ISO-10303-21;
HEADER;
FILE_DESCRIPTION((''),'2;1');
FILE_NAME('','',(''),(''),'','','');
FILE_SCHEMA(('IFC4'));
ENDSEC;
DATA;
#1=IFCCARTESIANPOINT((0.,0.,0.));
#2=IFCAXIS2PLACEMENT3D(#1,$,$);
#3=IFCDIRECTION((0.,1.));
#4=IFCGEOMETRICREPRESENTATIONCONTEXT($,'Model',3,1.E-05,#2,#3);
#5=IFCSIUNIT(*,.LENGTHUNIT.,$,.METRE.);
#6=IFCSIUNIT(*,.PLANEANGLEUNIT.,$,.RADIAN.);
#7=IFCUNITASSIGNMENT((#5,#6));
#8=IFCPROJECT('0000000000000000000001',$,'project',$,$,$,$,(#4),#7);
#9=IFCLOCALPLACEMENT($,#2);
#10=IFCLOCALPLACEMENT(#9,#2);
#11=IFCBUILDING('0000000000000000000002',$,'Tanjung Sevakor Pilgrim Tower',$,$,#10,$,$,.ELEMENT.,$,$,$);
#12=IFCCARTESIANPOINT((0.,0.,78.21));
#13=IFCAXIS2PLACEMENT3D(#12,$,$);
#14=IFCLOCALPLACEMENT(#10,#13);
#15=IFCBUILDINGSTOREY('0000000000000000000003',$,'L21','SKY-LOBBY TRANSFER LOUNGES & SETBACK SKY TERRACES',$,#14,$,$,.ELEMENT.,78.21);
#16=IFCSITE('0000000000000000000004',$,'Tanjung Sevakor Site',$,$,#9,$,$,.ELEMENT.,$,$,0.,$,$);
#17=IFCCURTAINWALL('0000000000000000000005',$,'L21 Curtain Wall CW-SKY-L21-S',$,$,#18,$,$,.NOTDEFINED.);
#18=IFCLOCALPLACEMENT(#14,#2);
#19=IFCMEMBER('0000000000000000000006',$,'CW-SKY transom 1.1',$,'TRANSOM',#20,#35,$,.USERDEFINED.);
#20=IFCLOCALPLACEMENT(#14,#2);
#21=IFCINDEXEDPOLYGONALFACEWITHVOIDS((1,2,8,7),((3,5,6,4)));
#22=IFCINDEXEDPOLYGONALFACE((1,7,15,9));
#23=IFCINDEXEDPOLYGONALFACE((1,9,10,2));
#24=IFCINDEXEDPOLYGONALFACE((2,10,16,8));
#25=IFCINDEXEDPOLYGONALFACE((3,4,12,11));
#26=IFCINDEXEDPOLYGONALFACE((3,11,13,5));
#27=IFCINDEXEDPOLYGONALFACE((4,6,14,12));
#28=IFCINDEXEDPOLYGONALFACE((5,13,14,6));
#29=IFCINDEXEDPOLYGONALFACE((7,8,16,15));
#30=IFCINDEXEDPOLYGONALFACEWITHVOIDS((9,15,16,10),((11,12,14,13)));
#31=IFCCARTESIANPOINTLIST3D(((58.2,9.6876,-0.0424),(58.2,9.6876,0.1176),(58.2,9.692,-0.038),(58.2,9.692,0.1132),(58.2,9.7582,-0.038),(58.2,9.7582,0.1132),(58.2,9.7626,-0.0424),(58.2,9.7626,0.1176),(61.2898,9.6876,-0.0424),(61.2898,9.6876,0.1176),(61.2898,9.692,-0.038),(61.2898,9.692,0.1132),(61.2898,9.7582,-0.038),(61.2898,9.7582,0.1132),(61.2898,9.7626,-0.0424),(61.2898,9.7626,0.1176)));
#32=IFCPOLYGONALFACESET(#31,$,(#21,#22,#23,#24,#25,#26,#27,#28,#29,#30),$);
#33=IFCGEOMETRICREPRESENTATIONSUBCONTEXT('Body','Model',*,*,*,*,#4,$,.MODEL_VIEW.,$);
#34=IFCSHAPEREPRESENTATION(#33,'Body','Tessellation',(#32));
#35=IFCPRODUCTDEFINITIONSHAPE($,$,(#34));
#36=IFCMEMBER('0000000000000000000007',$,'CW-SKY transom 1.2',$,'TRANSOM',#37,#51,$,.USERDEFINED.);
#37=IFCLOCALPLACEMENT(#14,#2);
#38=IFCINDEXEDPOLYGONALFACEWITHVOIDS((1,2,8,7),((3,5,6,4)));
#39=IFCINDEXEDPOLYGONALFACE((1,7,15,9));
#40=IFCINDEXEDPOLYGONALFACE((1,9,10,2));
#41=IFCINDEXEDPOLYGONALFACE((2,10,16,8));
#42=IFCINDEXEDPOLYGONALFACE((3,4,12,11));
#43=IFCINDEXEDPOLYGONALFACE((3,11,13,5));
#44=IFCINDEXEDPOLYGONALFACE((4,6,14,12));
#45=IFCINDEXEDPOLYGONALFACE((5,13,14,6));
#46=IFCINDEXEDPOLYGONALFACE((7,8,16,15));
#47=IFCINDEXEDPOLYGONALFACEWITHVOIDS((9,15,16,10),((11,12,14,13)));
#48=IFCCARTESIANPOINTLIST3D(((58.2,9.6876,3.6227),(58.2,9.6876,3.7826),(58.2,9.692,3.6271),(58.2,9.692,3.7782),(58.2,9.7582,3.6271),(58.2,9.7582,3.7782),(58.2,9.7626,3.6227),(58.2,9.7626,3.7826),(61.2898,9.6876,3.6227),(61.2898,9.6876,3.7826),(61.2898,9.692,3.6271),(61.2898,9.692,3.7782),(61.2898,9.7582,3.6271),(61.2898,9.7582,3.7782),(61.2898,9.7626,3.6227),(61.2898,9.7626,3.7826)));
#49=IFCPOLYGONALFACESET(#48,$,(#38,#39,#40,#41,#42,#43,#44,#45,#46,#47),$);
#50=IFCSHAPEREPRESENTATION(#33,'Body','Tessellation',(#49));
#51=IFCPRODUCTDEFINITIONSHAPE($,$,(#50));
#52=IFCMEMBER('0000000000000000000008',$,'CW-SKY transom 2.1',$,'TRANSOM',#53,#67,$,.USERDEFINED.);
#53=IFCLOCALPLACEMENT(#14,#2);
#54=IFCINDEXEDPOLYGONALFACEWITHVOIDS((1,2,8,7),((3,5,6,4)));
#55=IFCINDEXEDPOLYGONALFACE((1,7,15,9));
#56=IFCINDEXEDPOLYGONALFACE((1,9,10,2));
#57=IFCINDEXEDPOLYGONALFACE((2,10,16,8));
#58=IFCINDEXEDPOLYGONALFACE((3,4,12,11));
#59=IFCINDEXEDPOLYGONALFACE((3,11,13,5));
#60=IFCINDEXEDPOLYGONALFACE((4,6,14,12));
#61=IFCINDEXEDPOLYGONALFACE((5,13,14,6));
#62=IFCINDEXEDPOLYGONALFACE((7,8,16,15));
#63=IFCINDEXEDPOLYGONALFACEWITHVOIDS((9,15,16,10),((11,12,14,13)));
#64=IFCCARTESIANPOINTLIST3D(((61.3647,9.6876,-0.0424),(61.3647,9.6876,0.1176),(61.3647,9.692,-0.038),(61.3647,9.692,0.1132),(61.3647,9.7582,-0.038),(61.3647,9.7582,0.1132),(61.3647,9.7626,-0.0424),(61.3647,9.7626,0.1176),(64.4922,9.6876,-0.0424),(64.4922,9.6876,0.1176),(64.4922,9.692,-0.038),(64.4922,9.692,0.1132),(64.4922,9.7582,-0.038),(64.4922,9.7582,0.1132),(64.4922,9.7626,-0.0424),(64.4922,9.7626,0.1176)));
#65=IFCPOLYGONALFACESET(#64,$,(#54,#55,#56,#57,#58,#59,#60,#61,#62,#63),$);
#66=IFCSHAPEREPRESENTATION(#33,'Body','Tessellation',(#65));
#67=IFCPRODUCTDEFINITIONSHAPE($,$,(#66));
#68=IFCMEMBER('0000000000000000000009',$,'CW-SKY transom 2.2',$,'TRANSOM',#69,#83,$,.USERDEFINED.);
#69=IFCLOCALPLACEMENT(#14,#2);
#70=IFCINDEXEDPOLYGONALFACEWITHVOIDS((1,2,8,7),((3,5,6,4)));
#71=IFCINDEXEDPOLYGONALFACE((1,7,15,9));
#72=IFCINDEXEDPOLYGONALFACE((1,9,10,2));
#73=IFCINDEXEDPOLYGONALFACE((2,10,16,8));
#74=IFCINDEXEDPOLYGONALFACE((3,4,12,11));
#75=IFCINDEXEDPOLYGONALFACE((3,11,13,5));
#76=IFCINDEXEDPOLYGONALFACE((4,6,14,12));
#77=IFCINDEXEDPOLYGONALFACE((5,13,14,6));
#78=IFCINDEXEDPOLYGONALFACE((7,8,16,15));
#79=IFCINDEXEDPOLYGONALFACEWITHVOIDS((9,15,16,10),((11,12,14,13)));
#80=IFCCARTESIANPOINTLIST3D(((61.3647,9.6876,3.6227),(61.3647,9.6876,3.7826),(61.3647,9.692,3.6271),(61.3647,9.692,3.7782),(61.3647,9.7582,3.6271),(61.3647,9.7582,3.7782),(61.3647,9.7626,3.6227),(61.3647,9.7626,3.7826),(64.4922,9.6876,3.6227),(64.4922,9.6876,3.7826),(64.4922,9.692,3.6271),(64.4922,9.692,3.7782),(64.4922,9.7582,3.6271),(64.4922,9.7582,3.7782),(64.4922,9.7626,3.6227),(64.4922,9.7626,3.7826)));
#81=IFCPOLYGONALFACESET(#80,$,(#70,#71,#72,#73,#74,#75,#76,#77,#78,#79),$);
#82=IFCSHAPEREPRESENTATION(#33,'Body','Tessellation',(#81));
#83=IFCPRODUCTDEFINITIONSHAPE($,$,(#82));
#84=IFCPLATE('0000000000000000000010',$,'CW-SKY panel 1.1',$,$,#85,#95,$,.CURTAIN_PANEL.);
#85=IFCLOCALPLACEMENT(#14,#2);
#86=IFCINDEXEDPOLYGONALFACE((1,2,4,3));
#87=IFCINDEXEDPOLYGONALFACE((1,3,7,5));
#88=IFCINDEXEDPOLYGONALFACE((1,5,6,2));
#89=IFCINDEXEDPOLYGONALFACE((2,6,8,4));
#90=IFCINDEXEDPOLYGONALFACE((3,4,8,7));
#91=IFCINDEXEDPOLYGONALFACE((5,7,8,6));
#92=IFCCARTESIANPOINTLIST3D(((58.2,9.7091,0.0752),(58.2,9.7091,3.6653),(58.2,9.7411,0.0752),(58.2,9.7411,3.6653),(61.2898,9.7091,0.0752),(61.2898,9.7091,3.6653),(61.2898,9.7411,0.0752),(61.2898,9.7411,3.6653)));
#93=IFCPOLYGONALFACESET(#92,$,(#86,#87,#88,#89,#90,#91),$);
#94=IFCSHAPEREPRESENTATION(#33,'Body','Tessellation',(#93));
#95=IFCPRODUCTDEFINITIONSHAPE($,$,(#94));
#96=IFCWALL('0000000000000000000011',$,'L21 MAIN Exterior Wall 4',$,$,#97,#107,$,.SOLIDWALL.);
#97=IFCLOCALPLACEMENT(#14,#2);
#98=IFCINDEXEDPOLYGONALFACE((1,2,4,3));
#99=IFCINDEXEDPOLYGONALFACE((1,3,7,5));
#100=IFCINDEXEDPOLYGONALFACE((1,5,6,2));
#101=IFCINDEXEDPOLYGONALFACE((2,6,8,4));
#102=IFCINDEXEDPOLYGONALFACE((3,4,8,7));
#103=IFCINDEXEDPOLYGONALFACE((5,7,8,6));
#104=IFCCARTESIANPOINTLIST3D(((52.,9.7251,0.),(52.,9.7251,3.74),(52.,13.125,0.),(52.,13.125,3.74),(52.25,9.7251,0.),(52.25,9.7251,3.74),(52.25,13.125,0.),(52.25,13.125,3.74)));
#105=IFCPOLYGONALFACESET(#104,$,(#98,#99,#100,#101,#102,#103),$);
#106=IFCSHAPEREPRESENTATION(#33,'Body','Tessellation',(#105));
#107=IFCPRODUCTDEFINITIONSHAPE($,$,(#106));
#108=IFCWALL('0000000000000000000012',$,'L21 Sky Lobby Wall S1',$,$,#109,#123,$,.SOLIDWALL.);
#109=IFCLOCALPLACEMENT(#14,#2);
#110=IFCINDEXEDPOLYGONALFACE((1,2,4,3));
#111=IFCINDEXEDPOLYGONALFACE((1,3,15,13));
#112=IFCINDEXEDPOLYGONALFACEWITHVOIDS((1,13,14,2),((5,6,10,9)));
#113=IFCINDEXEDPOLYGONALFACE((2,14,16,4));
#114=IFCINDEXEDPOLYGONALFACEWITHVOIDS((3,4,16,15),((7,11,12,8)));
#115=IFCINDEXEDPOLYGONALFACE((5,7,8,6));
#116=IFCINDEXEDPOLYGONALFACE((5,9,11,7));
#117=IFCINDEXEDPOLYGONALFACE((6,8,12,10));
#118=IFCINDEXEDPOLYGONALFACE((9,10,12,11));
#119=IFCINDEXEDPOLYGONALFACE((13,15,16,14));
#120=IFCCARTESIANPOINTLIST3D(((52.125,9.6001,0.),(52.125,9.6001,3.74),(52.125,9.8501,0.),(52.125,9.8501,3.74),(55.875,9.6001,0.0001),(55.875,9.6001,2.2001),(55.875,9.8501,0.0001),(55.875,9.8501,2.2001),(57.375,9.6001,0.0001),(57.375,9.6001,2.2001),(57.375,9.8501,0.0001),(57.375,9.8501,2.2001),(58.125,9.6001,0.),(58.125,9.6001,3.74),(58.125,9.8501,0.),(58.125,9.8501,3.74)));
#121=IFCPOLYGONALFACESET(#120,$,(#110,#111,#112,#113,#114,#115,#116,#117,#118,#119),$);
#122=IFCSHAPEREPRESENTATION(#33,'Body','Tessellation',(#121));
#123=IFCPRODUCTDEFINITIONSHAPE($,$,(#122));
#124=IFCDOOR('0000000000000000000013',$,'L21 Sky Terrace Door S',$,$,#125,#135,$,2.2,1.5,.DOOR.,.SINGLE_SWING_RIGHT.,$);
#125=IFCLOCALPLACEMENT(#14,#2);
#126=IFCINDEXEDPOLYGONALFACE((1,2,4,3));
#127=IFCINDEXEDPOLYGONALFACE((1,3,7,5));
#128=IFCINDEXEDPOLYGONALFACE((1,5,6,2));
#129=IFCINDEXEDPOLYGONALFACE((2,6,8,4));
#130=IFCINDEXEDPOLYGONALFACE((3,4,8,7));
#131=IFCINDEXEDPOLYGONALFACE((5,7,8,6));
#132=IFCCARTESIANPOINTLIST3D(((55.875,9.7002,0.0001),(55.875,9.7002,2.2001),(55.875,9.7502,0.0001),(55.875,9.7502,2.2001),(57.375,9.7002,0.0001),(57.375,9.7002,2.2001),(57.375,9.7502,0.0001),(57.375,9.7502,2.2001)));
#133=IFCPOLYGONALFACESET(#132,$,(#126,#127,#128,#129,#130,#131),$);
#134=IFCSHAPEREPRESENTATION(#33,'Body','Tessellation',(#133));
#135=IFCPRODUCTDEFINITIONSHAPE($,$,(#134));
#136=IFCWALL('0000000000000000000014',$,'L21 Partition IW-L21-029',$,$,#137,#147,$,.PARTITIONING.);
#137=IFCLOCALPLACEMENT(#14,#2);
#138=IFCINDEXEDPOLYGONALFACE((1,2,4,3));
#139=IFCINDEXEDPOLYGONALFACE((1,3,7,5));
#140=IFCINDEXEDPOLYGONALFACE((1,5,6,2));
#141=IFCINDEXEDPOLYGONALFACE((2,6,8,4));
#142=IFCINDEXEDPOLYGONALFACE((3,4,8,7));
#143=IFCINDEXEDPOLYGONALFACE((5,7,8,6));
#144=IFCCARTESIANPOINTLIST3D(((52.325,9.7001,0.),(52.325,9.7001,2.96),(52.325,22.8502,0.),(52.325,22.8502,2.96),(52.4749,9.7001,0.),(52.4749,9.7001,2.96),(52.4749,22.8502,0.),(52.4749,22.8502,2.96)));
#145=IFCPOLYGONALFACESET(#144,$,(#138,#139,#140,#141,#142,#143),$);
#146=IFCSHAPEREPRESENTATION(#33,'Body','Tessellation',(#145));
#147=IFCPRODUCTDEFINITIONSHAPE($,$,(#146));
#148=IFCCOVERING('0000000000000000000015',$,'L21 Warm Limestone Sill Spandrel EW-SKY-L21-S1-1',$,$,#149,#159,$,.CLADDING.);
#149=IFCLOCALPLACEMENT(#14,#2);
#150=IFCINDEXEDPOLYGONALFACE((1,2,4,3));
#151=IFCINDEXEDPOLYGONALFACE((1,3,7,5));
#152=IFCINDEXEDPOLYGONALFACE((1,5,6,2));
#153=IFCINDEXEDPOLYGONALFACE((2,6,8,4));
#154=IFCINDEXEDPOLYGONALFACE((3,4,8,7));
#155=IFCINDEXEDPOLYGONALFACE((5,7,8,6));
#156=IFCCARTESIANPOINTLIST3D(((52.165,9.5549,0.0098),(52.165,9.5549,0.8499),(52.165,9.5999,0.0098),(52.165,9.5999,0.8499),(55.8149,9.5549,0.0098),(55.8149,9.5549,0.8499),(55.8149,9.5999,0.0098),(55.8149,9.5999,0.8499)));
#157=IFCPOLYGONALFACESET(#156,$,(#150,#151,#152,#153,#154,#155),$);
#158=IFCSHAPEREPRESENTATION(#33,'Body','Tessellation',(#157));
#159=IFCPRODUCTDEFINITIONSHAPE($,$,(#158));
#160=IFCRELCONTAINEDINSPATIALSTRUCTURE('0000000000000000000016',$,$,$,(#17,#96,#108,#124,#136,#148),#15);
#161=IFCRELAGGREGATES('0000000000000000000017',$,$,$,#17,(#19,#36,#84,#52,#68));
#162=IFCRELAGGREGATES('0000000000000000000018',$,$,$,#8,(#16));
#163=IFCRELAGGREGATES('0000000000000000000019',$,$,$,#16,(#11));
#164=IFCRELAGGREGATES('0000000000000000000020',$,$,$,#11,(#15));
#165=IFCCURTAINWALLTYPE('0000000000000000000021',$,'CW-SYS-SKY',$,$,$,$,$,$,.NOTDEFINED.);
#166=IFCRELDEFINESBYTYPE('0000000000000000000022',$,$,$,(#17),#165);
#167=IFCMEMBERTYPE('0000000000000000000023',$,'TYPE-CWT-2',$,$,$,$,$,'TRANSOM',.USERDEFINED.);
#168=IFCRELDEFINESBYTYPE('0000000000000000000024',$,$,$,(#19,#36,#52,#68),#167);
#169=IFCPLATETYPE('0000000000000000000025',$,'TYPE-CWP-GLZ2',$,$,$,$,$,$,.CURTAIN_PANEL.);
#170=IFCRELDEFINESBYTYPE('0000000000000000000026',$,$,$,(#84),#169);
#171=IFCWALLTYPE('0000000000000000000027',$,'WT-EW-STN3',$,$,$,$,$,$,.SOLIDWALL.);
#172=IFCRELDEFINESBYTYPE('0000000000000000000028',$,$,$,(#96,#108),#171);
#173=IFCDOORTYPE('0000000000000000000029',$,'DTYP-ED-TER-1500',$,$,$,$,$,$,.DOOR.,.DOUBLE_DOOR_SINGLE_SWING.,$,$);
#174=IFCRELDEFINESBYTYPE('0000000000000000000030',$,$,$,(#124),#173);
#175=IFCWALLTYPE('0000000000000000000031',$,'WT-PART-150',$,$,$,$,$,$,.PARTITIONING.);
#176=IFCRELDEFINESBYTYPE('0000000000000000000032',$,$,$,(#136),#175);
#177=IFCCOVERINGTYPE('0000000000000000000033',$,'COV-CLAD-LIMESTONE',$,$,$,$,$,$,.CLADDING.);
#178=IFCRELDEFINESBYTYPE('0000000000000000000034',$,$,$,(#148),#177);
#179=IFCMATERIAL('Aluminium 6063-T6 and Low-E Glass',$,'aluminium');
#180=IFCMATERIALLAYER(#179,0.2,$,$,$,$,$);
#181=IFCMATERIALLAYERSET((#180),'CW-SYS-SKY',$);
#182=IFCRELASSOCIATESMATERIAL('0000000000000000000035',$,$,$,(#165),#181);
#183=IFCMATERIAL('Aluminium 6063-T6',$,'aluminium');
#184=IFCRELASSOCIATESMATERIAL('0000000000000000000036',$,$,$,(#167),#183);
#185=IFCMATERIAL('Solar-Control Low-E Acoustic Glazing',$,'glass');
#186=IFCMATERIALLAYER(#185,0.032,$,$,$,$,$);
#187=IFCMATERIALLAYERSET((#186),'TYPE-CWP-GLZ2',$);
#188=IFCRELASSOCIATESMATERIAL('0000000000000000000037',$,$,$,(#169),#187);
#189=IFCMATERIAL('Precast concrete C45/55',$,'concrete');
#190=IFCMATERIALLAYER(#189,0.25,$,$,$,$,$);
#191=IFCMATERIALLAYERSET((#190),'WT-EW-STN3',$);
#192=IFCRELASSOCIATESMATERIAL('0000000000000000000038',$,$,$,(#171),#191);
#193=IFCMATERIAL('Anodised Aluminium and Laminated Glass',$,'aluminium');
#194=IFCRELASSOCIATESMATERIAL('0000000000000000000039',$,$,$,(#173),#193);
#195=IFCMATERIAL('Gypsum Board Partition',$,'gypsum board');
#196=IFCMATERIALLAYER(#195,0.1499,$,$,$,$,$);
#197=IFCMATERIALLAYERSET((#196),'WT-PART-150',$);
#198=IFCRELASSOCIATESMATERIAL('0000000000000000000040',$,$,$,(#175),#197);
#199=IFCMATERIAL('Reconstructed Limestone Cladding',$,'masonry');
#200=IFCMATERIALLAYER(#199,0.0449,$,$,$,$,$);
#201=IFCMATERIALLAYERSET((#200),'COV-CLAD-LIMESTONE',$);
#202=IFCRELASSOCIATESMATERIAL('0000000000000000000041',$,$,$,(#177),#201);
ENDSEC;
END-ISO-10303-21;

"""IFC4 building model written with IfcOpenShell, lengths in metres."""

from ifc_helpers import new_model, si_unit, direction, frame, frame_2d, origin, origin_2d, place, context, subcontext, project, spatial, rectangle, hollow_rectangle, extrude, material, layer, layer_set, material_profile, profile_set, type_object, element, fill, aggregate, save


model = new_model("IFC4")

# Units and contexts
model_context = context("Model", 3, precision=1e-05, world=origin(), true_north=direction((0.0, 1.0)))
body_context = subcontext(model_context, "Body", "Model", "MODEL_VIEW")
ifc_project = project(units=[si_unit("LENGTHUNIT", "METRE"), si_unit("PLANEANGLEUNIT", "RADIAN")], contexts=[model_context])

# Site, building, storey
site_placement = place(None, origin())
site = spatial("IfcSite", under=ifc_project, at=site_placement, Name="Tanjung Sevakor Site", CompositionType="ELEMENT", RefElevation=0.0)
building_placement = place(site_placement, origin())
building = spatial("IfcBuilding", under=site, at=building_placement, Name="Tanjung Sevakor Pilgrim Tower", CompositionType="ELEMENT")
storey_placement = place(building_placement, frame((0.0, 0.0, 78.21)))
storey = spatial("IfcBuildingStorey", under=building, at=storey_placement, Name="L21", Description="SKY-LOBBY TRANSFER LOUNGES & SETBACK SKY TERRACES", CompositionType="ELEMENT", Elevation=78.21)

# Curtain wall, members, plate
ifc_material_1 = material(Name="Aluminium 6063-T6 and Low-E Glass", Category="aluminium")
ifc_layer_1 = layer(ifc_material_1, 0.2)
ifc_layer_set_1 = layer_set([ifc_layer_1], Name="CW-SYS-SKY")
curtain_wall_type_1 = type_object("IfcCurtainWallType", Name="CW-SYS-SKY", PredefinedType="NOTDEFINED", material=ifc_layer_set_1)
curtain_wall_1_placement = place(storey_placement, origin())
curtain_wall_1 = element("IfcCurtainWall", 1, at=curtain_wall_1_placement, inside=storey, type_object=curtain_wall_type_1, Name="L21 Curtain Wall CW-SKY-L21-S", PredefinedType="NOTDEFINED")
ifc_material_2 = material(Name="Aluminium 6063-T6", Category="aluminium")
ifc_material_profile_1 = material_profile(ifc_material_2, hollow_rectangle(XDim=0.075, YDim=0.1599, WallThickness=0.0044, at=origin_2d()))
ifc_profile_set_1 = profile_set([ifc_material_profile_1], Name="Aluminium 6063-T6")
member_type_1 = type_object("IfcMemberType", Name="TYPE-CWT-2", ElementType="TRANSOM", PredefinedType="USERDEFINED", material=ifc_profile_set_1)
member_1_placement = place(storey_placement, frame((58.2, 9.7251, 0.0376), z_axis=(1.0, 0.0, 0.0), x_axis=(0.0, 1.0, 0.0)))
member_1 = element("IfcMember", 2, at=member_1_placement, type_object=member_type_1, Name="CW-SKY transom 1.1", ObjectType="TRANSOM", PredefinedType="USERDEFINED", context=body_context, shape_type="SweptSolid", body=[
    extrude(hollow_rectangle(XDim=0.075, YDim=0.1599, WallThickness=0.0044, at=origin_2d()), origin(), (0.0, 0.0, 1.0), 3.0898),
])
member_2_placement = place(storey_placement, frame((58.2, 9.7251, 3.7026), z_axis=(1.0, 0.0, 0.0), x_axis=(0.0, 1.0, 0.0)))
member_2 = element("IfcMember", 3, at=member_2_placement, type_object=member_type_1, Name="CW-SKY transom 1.2", ObjectType="TRANSOM", PredefinedType="USERDEFINED", context=body_context, shape_type="SweptSolid", body=[
    extrude(hollow_rectangle(XDim=0.075, YDim=0.1599, WallThickness=0.0044, at=origin_2d()), origin(), (0.0, 0.0, 1.0), 3.0898),
])
member_3_placement = place(storey_placement, frame((61.3647, 9.7251, 0.0376), z_axis=(1.0, 0.0, 0.0), x_axis=(0.0, 1.0, 0.0)))
member_3 = element("IfcMember", 4, at=member_3_placement, type_object=member_type_1, Name="CW-SKY transom 2.1", ObjectType="TRANSOM", PredefinedType="USERDEFINED", context=body_context, shape_type="SweptSolid", body=[
    extrude(hollow_rectangle(XDim=0.075, YDim=0.1599, WallThickness=0.0044, at=origin_2d()), origin(), (0.0, 0.0, 1.0), 3.1274),
])
member_4_placement = place(storey_placement, frame((61.3647, 9.7251, 3.7026), z_axis=(1.0, 0.0, 0.0), x_axis=(0.0, 1.0, 0.0)))
member_4 = element("IfcMember", 5, at=member_4_placement, type_object=member_type_1, Name="CW-SKY transom 2.2", ObjectType="TRANSOM", PredefinedType="USERDEFINED", context=body_context, shape_type="SweptSolid", body=[
    extrude(hollow_rectangle(XDim=0.075, YDim=0.1599, WallThickness=0.0044, at=origin_2d()), origin(), (0.0, 0.0, 1.0), 3.1274),
])
ifc_material_3 = material(Name="Solar-Control Low-E Acoustic Glazing", Category="glass")
ifc_layer_2 = layer(ifc_material_3, 0.032)
ifc_layer_set_2 = layer_set([ifc_layer_2], Name="TYPE-CWP-GLZ2")
plate_type = type_object("IfcPlateType", Name="TYPE-CWP-GLZ2", PredefinedType="CURTAIN_PANEL", material=ifc_layer_set_2)
plate_placement = place(storey_placement, frame((59.7449, 9.7251, 0.0752), z_axis=(0.0, 0.0, 1.0), x_axis=(1.0, 0.0, 0.0)))
plate = element("IfcPlate", 6, at=plate_placement, type_object=plate_type, Name="CW-SKY panel 1.1", PredefinedType="CURTAIN_PANEL", context=body_context, shape_type="SweptSolid", body=[
    extrude(rectangle(XDim=3.0898, YDim=0.032, at=origin_2d()), origin(), (0.0, 0.0, 1.0), 3.5901),
])
aggregate(curtain_wall_1, [member_1, member_2, plate, member_3, member_4])

# Wall
ifc_material_4 = material(Name="Precast concrete C45/55", Category="concrete")
ifc_layer_3 = layer(ifc_material_4, 0.25)
ifc_layer_set_3 = layer_set([ifc_layer_3], Name="WT-EW-STN3")
wall_type_1 = type_object("IfcWallType", Name="WT-EW-STN3", PredefinedType="SOLIDWALL", material=ifc_layer_set_3)
wall_1_placement = place(storey_placement, frame((52.125, 13.125, 0.0), z_axis=(0.0, 0.0, 1.0), x_axis=(0.0, -1.0, 0.0)))
element("IfcWall", 7, at=wall_1_placement, inside=storey, type_object=wall_type_1, Name="L21 MAIN Exterior Wall 4", PredefinedType="SOLIDWALL", context=body_context, shape_type="SweptSolid", body=[
    extrude(rectangle(XDim=3.3999, YDim=0.25, at=frame_2d((1.7, 0.0))), origin(), (0.0, 0.0, 1.0), 3.74),
])

# Wall, opening, door
wall_2_placement = place(storey_placement, frame((52.125, 9.7251, 0.0), z_axis=(0.0, 0.0, 1.0), x_axis=(1.0, 0.0, 0.0)))
wall_2 = element("IfcWall", 8, at=wall_2_placement, inside=storey, type_object=wall_type_1, Name="L21 Sky Lobby Wall S1", PredefinedType="SOLIDWALL", context=body_context, shape_type="SweptSolid", body=[
    extrude(rectangle(XDim=6.0, YDim=0.25, at=frame_2d((3.0, 0.0))), origin(), (0.0, 0.0, 1.0), 3.74),
])
opening_placement = place(wall_2_placement, frame((3.75, 0.0, 0.0)))
opening = element("IfcOpeningElement", 9, at=opening_placement, cuts=wall_2, PredefinedType="OPENING", context=body_context, shape_type="SweptSolid", body=[
    extrude(rectangle(XDim=1.5, YDim=2.2, at=frame_2d((0.75, 1.1001))), frame((0.0, 0.135, 0.0), z_axis=(0.0, -1.0, 0.0), x_axis=(1.0, 0.0, 0.0)), (0.0, 0.0, 1.0), 0.27),
])
ifc_material_5 = material(Name="Anodised Aluminium and Laminated Glass", Category="aluminium")
door_type = type_object("IfcDoorType", Name="DTYP-ED-TER-1500", OperationType="DOUBLE_DOOR_SINGLE_SWING", PredefinedType="DOOR", material=ifc_material_5)
door_placement = place(opening_placement, frame((1.5, 0.0, 0.0), z_axis=(0.0, 0.0, 1.0), x_axis=(-1.0, 0.0, 0.0)))
door = element("IfcDoor", 10, at=door_placement, inside=storey, type_object=door_type, Name="L21 Sky Terrace Door S", OperationType="SINGLE_SWING_RIGHT", OverallHeight=2.2, OverallWidth=1.5, PredefinedType="DOOR", context=body_context, shape_type="SweptSolid", body=[
    extrude(rectangle(XDim=1.5, YDim=2.2, at=frame_2d((0.75, 1.1001))), frame((0.0, 0.0249, 0.0), z_axis=(0.0, -1.0, 0.0), x_axis=(1.0, 0.0, 0.0)), (0.0, 0.0, 1.0), 0.05),
])
fill(opening, door)

# Wall
ifc_material_6 = material(Name="Gypsum Board Partition", Category="gypsum board")
ifc_layer_4 = layer(ifc_material_6, 0.1499)
ifc_layer_set_4 = layer_set([ifc_layer_4], Name="WT-PART-150")
wall_type_2 = type_object("IfcWallType", Name="WT-PART-150", PredefinedType="PARTITIONING", material=ifc_layer_set_4)
wall_3_placement = place(storey_placement, frame((52.3999, 9.7, 0.0), z_axis=(0.0, 0.0, 1.0), x_axis=(0.0, 1.0, 0.0)))
element("IfcWall", 11, at=wall_3_placement, inside=storey, type_object=wall_type_2, Name="L21 Partition IW-L21-029", PredefinedType="PARTITIONING", context=body_context, shape_type="SweptSolid", body=[
    extrude(rectangle(XDim=13.1501, YDim=0.1499, at=frame_2d((6.5752, 0.0))), origin(), (0.0, 0.0, 1.0), 2.96),
])

# Covering
ifc_material_7 = material(Name="Reconstructed Limestone Cladding", Category="masonry")
ifc_layer_5 = layer(ifc_material_7, 0.0449)
ifc_layer_set_5 = layer_set([ifc_layer_5], Name="COV-CLAD-LIMESTONE")
covering_type = type_object("IfcCoveringType", Name="COV-CLAD-LIMESTONE", PredefinedType="CLADDING", material=ifc_layer_set_5)
covering_placement = place(storey_placement, frame((53.99, 9.5774, 0.0098), z_axis=(0.0, 0.0, 1.0), x_axis=(1.0, 0.0, 0.0)))
element("IfcCovering", 12, at=covering_placement, inside=storey, type_object=covering_type, Name="L21 Warm Limestone Sill Spandrel EW-SKY-L21-S1-1", PredefinedType="CLADDING", context=body_context, shape_type="SweptSolid", body=[
    extrude(rectangle(XDim=3.6499, YDim=0.0449, at=origin_2d()), origin(), (0.0, 0.0, 1.0), 0.8401),
])

save(model, "model.ifc")
